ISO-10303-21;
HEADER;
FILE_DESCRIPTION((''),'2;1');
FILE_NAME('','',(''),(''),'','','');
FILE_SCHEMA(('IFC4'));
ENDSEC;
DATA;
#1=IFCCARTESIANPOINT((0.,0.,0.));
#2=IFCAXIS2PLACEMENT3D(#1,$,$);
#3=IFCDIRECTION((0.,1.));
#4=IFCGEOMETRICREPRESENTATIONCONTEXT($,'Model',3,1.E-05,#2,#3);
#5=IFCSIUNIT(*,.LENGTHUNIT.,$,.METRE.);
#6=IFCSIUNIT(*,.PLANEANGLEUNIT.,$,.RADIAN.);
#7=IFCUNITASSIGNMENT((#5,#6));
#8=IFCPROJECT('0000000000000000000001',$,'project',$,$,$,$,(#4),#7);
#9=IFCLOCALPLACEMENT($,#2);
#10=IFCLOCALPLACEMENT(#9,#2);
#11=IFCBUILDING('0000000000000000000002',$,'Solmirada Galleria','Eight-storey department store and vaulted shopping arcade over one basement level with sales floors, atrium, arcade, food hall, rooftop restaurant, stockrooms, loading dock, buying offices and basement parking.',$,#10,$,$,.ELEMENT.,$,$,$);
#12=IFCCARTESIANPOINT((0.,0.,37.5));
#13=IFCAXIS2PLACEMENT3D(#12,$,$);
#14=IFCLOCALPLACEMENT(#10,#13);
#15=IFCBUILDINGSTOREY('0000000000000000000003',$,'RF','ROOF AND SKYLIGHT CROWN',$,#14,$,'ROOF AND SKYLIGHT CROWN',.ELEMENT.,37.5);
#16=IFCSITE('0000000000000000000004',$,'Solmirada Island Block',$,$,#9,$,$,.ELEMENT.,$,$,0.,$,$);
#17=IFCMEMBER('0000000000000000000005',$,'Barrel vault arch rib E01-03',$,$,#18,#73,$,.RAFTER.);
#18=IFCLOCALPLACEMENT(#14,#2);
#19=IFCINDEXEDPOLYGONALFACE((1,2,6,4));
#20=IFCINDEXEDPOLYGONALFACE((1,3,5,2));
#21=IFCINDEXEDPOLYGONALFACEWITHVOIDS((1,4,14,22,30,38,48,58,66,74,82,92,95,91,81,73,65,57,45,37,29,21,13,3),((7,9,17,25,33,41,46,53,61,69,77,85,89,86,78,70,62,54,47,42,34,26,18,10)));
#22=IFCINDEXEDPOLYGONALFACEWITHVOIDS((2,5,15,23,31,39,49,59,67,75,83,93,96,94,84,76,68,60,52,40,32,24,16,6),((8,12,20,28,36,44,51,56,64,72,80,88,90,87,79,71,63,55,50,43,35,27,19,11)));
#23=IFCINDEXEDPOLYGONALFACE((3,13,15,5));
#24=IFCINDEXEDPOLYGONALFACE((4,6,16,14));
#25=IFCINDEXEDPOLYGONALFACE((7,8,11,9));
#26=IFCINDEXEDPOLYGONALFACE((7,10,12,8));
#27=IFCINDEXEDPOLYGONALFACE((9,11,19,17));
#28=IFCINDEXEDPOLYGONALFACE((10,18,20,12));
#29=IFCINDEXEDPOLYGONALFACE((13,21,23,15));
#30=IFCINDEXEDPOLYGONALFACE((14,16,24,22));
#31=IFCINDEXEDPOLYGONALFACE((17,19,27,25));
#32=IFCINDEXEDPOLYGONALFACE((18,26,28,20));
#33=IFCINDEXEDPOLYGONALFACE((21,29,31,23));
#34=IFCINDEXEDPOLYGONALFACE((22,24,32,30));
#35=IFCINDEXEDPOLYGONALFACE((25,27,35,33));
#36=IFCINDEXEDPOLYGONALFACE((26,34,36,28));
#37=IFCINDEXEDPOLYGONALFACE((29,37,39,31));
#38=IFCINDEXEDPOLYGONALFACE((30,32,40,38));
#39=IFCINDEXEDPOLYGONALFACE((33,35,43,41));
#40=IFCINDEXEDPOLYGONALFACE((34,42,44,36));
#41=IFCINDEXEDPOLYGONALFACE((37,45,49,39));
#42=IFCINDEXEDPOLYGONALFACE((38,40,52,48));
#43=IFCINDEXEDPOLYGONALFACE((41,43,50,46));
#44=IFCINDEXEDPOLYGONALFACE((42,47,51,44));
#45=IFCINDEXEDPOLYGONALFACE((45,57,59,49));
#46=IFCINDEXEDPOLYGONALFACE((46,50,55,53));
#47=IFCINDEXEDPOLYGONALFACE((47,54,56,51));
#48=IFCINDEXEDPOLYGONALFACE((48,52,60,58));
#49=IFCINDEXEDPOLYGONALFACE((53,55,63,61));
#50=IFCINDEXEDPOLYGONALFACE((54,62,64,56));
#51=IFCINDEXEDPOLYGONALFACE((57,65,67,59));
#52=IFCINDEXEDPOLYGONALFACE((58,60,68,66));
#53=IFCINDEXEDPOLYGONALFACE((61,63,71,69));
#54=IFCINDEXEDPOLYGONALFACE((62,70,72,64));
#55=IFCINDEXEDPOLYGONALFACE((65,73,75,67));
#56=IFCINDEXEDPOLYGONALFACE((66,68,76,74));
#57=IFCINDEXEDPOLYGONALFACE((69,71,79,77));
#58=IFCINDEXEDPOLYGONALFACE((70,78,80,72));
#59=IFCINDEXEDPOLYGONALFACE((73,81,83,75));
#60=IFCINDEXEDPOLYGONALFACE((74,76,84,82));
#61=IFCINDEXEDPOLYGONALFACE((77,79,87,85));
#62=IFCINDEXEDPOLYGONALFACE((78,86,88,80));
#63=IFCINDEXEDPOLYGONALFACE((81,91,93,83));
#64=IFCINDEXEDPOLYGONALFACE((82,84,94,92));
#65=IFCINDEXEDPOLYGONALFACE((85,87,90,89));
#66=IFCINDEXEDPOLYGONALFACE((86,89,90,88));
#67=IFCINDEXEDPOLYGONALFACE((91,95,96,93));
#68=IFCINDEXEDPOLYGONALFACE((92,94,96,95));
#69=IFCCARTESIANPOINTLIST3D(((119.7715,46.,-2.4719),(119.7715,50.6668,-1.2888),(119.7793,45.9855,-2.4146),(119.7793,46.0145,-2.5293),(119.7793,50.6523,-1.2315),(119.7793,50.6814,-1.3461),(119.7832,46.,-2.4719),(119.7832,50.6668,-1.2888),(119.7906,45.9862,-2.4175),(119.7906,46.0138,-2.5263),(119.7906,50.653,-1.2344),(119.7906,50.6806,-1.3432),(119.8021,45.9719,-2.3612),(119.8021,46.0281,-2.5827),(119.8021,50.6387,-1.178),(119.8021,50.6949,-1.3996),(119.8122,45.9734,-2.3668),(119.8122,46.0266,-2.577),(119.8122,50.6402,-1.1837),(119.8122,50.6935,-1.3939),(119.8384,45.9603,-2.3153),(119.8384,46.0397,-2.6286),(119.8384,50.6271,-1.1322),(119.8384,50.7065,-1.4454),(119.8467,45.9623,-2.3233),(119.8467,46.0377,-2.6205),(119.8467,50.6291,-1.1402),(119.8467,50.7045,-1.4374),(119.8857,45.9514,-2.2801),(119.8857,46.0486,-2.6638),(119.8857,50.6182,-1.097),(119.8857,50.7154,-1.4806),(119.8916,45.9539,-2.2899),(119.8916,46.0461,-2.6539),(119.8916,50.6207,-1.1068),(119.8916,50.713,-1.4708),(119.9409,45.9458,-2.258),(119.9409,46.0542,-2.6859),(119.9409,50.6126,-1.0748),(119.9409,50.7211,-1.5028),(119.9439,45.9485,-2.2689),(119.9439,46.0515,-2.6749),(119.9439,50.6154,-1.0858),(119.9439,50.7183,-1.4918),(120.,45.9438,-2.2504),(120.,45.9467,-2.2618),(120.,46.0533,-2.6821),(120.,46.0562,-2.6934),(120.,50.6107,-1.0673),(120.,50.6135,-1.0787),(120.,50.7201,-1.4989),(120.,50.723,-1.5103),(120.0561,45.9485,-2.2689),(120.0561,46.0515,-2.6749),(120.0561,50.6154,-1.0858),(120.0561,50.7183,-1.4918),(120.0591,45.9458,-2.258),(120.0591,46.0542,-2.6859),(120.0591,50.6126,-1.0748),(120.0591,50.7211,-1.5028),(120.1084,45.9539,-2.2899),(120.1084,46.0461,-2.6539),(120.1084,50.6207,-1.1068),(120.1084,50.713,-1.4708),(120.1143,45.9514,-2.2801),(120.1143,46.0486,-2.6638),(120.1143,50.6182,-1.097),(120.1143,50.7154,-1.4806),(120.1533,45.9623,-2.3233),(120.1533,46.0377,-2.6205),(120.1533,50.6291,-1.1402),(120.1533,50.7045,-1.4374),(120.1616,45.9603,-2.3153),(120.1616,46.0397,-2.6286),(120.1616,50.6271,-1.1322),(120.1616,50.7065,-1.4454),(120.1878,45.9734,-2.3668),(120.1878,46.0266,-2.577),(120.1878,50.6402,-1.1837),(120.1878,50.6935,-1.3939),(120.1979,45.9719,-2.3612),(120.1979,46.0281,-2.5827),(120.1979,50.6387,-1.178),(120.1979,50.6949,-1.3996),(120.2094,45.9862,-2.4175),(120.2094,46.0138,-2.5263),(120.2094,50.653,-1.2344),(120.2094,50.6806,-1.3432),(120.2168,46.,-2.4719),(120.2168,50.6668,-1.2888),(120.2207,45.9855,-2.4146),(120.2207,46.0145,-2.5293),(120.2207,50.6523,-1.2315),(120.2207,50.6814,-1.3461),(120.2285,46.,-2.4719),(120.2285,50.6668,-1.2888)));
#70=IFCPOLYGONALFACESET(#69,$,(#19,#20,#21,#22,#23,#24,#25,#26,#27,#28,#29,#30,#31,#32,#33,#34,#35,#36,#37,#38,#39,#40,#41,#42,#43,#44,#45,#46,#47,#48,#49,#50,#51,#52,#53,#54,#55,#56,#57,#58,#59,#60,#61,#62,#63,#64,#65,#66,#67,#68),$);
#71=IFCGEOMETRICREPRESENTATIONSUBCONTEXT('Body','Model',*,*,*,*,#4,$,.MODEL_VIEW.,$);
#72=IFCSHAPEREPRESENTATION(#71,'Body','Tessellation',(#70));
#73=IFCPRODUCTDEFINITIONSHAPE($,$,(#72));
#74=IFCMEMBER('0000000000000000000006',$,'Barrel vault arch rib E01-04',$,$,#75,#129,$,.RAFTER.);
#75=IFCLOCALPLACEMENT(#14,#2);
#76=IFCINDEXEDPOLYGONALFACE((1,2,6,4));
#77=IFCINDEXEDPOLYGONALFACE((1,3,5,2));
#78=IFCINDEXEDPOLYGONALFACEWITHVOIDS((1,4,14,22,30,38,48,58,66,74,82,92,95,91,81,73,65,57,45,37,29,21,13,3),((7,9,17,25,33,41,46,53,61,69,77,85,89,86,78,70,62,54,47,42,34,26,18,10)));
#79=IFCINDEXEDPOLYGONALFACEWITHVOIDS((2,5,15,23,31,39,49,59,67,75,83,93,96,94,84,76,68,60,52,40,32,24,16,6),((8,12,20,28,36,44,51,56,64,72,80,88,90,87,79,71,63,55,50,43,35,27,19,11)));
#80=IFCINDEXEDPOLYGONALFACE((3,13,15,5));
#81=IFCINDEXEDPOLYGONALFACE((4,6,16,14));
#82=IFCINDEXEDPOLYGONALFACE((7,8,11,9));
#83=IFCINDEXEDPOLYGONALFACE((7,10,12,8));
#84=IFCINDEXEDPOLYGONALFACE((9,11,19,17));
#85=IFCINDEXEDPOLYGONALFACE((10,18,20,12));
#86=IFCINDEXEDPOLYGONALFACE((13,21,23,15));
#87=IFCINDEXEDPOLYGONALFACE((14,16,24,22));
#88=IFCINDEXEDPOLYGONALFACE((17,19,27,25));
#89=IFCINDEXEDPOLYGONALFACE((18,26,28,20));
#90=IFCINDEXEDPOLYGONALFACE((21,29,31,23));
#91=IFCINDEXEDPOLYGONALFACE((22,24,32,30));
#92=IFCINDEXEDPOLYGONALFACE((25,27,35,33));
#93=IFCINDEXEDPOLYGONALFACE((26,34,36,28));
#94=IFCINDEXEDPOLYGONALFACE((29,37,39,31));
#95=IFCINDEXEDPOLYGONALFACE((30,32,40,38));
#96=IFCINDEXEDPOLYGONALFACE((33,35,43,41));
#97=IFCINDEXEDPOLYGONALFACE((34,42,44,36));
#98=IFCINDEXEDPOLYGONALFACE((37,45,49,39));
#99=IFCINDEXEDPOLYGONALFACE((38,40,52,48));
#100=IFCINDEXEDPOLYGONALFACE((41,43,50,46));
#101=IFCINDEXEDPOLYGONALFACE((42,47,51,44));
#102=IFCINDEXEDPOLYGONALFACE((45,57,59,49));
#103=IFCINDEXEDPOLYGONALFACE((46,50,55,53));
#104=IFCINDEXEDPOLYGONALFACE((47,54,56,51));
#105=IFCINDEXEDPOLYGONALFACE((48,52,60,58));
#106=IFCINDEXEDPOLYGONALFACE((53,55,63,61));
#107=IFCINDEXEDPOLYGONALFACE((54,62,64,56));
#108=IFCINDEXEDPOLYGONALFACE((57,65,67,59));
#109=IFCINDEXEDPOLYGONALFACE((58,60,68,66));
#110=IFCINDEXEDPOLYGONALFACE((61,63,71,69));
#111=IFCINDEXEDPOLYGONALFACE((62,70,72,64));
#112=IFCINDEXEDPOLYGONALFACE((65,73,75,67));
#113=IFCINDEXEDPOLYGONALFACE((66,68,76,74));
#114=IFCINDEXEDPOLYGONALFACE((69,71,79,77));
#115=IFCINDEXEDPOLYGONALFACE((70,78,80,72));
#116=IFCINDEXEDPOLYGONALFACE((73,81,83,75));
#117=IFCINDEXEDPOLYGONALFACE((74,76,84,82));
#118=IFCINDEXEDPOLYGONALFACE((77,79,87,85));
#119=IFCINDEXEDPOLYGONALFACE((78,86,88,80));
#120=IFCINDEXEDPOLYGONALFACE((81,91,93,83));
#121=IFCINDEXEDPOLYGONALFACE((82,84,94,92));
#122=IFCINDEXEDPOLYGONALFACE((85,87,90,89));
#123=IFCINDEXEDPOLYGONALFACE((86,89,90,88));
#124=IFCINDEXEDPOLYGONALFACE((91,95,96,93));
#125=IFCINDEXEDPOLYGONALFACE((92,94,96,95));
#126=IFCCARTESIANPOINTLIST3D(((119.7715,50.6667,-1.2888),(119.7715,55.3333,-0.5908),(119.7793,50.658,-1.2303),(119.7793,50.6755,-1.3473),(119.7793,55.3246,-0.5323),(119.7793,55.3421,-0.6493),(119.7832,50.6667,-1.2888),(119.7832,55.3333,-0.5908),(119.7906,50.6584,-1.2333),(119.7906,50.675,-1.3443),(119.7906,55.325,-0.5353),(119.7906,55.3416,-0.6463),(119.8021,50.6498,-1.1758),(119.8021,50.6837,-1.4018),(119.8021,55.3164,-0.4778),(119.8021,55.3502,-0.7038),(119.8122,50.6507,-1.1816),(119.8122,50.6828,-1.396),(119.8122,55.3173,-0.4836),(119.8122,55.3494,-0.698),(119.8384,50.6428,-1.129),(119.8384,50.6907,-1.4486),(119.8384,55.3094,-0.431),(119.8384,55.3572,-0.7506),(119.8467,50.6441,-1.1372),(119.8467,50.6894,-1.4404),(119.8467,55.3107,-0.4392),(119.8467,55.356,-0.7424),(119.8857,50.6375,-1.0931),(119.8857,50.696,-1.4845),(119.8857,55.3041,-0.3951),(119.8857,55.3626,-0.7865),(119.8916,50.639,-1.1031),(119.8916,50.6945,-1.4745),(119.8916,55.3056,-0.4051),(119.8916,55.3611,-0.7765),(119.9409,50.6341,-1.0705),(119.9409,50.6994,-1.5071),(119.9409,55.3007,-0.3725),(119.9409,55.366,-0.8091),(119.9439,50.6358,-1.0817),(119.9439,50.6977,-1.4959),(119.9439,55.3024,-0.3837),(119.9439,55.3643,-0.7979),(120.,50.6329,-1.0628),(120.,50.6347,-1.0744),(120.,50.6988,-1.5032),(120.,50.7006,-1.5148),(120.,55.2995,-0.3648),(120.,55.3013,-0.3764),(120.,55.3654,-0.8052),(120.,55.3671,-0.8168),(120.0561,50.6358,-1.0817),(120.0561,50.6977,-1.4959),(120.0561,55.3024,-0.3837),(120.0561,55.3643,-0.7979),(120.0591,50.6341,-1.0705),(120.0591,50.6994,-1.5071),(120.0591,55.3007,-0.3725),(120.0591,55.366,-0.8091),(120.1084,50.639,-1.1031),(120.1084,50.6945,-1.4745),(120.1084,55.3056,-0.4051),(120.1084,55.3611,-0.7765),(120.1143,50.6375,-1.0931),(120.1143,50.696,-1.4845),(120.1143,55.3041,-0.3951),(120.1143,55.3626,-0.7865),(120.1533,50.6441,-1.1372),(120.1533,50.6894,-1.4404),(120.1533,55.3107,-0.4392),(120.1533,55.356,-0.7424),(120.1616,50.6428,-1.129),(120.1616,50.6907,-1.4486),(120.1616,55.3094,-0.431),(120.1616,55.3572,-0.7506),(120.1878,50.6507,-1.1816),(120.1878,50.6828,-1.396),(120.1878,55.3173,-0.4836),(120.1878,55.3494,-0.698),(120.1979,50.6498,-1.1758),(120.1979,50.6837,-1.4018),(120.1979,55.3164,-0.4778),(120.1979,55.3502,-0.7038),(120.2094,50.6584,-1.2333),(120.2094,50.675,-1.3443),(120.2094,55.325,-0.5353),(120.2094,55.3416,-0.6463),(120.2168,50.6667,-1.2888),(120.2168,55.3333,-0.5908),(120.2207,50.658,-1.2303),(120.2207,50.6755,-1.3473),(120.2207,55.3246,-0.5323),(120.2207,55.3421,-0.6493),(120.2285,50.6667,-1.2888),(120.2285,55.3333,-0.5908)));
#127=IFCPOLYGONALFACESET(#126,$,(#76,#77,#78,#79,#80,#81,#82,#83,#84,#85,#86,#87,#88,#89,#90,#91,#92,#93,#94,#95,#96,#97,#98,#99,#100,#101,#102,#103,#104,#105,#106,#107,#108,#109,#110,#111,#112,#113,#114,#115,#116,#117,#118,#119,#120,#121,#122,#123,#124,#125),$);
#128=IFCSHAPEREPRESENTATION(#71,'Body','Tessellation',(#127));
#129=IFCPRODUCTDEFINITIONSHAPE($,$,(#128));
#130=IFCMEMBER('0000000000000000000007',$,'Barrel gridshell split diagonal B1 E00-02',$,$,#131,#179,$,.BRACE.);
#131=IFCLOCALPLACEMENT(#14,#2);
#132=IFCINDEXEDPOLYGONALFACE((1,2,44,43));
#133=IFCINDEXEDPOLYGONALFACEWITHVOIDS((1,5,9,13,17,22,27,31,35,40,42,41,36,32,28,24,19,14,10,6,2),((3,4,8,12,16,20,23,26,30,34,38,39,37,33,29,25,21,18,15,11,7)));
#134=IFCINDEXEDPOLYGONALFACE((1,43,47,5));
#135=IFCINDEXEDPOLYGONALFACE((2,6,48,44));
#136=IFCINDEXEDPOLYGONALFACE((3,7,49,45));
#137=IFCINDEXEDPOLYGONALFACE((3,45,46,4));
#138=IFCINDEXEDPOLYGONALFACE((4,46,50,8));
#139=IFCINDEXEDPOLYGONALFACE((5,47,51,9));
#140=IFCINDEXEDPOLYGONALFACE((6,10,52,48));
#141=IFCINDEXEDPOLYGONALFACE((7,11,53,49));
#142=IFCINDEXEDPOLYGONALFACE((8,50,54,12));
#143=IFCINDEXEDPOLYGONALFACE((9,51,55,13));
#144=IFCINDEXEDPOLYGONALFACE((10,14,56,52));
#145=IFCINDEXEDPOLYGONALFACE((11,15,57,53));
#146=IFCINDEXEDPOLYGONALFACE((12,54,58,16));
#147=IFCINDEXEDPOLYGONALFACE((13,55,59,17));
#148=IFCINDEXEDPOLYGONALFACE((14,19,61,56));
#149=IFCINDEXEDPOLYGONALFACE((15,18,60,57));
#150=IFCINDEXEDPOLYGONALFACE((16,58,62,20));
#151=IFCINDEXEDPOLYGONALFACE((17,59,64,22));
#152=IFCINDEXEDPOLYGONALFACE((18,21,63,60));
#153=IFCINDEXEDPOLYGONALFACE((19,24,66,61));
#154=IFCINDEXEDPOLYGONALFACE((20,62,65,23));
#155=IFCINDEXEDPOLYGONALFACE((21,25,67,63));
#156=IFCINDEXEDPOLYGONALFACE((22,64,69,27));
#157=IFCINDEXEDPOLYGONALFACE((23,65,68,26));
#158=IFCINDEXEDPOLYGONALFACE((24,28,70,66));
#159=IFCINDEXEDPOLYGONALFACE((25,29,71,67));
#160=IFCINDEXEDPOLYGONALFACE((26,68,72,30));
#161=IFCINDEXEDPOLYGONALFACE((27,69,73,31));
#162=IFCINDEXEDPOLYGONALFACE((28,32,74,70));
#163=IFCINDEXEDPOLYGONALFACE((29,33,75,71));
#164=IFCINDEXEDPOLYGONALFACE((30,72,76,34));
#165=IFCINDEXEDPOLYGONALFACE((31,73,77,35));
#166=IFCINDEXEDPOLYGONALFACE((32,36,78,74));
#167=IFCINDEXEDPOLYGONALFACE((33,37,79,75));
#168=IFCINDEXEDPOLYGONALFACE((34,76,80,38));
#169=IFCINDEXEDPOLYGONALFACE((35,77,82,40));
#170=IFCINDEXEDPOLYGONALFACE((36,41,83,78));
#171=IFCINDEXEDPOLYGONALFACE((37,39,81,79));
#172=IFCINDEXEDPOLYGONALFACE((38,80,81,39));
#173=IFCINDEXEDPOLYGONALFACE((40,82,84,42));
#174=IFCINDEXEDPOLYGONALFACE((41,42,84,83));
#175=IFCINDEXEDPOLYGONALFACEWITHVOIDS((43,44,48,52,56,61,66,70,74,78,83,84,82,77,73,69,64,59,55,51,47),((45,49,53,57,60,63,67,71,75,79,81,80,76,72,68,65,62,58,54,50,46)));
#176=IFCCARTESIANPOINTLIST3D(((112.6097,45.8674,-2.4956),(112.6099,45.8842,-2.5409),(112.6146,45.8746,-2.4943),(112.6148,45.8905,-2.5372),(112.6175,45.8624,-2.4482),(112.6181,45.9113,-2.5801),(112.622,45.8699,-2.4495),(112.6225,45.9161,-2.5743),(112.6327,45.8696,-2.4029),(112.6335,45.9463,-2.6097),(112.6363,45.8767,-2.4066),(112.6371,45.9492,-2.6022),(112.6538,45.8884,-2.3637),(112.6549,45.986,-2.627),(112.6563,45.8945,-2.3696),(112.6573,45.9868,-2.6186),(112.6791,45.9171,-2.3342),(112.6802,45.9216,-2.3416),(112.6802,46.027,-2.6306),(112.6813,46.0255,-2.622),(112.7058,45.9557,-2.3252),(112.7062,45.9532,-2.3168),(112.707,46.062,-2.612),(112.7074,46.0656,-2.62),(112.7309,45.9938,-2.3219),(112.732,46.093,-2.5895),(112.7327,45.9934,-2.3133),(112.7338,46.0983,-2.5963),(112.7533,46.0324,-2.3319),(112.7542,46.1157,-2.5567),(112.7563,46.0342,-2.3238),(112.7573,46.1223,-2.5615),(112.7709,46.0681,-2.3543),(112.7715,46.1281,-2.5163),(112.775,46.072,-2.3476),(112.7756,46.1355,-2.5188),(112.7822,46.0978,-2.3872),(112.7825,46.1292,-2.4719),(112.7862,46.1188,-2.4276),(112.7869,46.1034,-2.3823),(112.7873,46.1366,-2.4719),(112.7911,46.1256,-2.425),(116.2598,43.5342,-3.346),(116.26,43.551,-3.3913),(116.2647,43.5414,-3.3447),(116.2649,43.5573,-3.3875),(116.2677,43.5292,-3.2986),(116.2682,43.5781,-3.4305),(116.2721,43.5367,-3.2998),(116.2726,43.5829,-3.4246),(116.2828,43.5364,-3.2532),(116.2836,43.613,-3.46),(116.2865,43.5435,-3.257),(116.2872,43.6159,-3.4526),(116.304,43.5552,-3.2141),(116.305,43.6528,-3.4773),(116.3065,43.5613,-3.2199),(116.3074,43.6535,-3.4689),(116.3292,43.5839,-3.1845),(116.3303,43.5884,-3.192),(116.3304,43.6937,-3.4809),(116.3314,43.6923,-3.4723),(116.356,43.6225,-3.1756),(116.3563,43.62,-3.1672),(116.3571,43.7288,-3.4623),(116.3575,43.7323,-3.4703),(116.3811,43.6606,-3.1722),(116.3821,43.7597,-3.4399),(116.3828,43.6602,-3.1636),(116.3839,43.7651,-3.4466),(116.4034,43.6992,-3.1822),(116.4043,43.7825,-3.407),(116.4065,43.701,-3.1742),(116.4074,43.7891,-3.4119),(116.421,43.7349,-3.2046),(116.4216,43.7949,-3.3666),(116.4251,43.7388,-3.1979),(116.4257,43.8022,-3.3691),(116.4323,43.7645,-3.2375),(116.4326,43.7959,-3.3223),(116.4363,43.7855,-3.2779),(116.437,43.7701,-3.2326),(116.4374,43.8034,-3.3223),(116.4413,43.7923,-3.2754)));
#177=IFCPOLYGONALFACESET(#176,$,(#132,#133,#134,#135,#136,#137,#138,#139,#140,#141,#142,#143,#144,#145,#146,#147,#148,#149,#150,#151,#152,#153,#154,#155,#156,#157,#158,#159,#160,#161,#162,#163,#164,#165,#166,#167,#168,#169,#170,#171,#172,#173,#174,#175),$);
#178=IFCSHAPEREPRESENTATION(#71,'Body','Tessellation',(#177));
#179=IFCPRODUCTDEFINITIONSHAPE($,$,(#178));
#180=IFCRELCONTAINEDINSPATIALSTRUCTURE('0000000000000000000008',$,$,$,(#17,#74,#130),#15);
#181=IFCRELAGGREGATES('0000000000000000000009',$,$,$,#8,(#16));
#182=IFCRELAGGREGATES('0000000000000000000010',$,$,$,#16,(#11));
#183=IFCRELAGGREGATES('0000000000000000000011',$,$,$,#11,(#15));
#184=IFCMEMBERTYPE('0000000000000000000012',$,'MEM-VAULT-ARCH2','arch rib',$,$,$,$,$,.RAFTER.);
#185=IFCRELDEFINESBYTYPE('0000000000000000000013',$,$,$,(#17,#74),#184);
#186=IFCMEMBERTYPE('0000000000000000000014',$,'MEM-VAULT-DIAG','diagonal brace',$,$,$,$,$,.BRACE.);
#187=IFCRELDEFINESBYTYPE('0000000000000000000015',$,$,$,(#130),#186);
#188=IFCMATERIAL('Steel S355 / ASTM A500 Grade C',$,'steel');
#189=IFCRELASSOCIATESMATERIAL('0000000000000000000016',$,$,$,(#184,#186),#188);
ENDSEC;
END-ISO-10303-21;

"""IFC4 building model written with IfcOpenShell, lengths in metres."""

from ifc_helpers import new_model, si_unit, direction, frame, origin, origin_2d, place, context, subcontext, project, spatial, hollow_circle, extrude, material, material_profile, profile_set, type_object, element, save


model = new_model("IFC4")

# Units and contexts
model_context = context("Model", 3, precision=1e-05, world=origin(), true_north=direction((0.0, 1.0)))
body_context = subcontext(model_context, "Body", "Model", "MODEL_VIEW")
ifc_project = project(units=[si_unit("LENGTHUNIT", "METRE"), si_unit("PLANEANGLEUNIT", "RADIAN")], contexts=[model_context])

# Site, building, storey
site_placement = place(None, origin())
site = spatial("IfcSite", under=ifc_project, at=site_placement, Name="Solmirada Island Block", CompositionType="ELEMENT", RefElevation=0.0)
building_placement = place(site_placement, origin())
building = spatial("IfcBuilding", under=site, at=building_placement, Name="Solmirada Galleria", Description="Eight-storey department store and vaulted shopping arcade over one basement level with sales floors, atrium, arcade, food hall, rooftop restaurant, stockrooms, loading dock, buying offices and basement parking.", CompositionType="ELEMENT")
storey_placement = place(building_placement, frame((0.0, 0.0, 37.5)))
storey = spatial("IfcBuildingStorey", under=building, at=storey_placement, Name="RF", Description="ROOF AND SKYLIGHT CROWN", LongName="ROOF AND SKYLIGHT CROWN", CompositionType="ELEMENT", Elevation=37.5)

# Members
ifc_material_1 = material(Name="Steel S355 / ASTM A500 Grade C", Category="steel")
ifc_material_profile_1 = material_profile(ifc_material_1, hollow_circle(Radius=0.2285, WallThickness=0.0117, at=origin_2d()), Name="HSS18.000X0.500")
ifc_profile_set_1 = profile_set([ifc_material_profile_1], Name="Steel S355 / ASTM A500 Grade C")
member_type_1 = type_object("IfcMemberType", Name="MEM-VAULT-ARCH2", Description="arch rib", PredefinedType="RAFTER", material=ifc_profile_set_1)
member_1_placement = place(storey_placement, frame((120.0, 46.0, -2.4719), z_axis=(0.0, 0.969335, 0.245744), x_axis=(-1.0, 0.0, 0.0)))
element("IfcMember", 1, at=member_1_placement, inside=storey, type_object=member_type_1, Name="Barrel vault arch rib E01-03", PredefinedType="RAFTER", context=body_context, shape_type="SweptSolid", body=[
    extrude(hollow_circle(Radius=0.2285, WallThickness=0.0117, at=origin_2d()), origin(), (0.0, 0.0, 1.0), 4.8145),
])
member_2_placement = place(storey_placement, frame((120.0, 50.6667, -1.2888), z_axis=(0.0, 0.988998, 0.147931), x_axis=(-1.0, 0.0, 0.0)))
element("IfcMember", 2, at=member_2_placement, inside=storey, type_object=member_type_1, Name="Barrel vault arch rib E01-04", PredefinedType="RAFTER", context=body_context, shape_type="SweptSolid", body=[
    extrude(hollow_circle(Radius=0.2285, WallThickness=0.0117, at=origin_2d()), origin(), (0.0, 0.0, 1.0), 4.7185),
])
ifc_material_profile_2 = material_profile(ifc_material_1, hollow_circle(Radius=0.1621, WallThickness=0.0088, at=origin_2d()), Name="HSS12.750X0.375")
ifc_profile_set_2 = profile_set([ifc_material_profile_2], Name="Steel S355 / ASTM A500 Grade C")
member_type_2 = type_object("IfcMemberType", Name="MEM-VAULT-DIAG", Description="diagonal brace", PredefinedType="BRACE", material=ifc_profile_set_2)
member_3_placement = place(storey_placement, frame((112.7, 46.0, -2.4719), z_axis=(0.826792, -0.528503, -0.19261), x_axis=(0.538588, 0.842569, 0.0)))
element("IfcMember", 3, at=member_3_placement, inside=storey, type_object=member_type_2, Name="Barrel gridshell split diagonal B1 E00-02", PredefinedType="BRACE", context=body_context, shape_type="SweptSolid", body=[
    extrude(hollow_circle(Radius=0.1621, WallThickness=0.0088, at=origin_2d()), origin(), (0.0, 0.0, 1.0), 4.4148),
])

save(model, "model.ifc")
